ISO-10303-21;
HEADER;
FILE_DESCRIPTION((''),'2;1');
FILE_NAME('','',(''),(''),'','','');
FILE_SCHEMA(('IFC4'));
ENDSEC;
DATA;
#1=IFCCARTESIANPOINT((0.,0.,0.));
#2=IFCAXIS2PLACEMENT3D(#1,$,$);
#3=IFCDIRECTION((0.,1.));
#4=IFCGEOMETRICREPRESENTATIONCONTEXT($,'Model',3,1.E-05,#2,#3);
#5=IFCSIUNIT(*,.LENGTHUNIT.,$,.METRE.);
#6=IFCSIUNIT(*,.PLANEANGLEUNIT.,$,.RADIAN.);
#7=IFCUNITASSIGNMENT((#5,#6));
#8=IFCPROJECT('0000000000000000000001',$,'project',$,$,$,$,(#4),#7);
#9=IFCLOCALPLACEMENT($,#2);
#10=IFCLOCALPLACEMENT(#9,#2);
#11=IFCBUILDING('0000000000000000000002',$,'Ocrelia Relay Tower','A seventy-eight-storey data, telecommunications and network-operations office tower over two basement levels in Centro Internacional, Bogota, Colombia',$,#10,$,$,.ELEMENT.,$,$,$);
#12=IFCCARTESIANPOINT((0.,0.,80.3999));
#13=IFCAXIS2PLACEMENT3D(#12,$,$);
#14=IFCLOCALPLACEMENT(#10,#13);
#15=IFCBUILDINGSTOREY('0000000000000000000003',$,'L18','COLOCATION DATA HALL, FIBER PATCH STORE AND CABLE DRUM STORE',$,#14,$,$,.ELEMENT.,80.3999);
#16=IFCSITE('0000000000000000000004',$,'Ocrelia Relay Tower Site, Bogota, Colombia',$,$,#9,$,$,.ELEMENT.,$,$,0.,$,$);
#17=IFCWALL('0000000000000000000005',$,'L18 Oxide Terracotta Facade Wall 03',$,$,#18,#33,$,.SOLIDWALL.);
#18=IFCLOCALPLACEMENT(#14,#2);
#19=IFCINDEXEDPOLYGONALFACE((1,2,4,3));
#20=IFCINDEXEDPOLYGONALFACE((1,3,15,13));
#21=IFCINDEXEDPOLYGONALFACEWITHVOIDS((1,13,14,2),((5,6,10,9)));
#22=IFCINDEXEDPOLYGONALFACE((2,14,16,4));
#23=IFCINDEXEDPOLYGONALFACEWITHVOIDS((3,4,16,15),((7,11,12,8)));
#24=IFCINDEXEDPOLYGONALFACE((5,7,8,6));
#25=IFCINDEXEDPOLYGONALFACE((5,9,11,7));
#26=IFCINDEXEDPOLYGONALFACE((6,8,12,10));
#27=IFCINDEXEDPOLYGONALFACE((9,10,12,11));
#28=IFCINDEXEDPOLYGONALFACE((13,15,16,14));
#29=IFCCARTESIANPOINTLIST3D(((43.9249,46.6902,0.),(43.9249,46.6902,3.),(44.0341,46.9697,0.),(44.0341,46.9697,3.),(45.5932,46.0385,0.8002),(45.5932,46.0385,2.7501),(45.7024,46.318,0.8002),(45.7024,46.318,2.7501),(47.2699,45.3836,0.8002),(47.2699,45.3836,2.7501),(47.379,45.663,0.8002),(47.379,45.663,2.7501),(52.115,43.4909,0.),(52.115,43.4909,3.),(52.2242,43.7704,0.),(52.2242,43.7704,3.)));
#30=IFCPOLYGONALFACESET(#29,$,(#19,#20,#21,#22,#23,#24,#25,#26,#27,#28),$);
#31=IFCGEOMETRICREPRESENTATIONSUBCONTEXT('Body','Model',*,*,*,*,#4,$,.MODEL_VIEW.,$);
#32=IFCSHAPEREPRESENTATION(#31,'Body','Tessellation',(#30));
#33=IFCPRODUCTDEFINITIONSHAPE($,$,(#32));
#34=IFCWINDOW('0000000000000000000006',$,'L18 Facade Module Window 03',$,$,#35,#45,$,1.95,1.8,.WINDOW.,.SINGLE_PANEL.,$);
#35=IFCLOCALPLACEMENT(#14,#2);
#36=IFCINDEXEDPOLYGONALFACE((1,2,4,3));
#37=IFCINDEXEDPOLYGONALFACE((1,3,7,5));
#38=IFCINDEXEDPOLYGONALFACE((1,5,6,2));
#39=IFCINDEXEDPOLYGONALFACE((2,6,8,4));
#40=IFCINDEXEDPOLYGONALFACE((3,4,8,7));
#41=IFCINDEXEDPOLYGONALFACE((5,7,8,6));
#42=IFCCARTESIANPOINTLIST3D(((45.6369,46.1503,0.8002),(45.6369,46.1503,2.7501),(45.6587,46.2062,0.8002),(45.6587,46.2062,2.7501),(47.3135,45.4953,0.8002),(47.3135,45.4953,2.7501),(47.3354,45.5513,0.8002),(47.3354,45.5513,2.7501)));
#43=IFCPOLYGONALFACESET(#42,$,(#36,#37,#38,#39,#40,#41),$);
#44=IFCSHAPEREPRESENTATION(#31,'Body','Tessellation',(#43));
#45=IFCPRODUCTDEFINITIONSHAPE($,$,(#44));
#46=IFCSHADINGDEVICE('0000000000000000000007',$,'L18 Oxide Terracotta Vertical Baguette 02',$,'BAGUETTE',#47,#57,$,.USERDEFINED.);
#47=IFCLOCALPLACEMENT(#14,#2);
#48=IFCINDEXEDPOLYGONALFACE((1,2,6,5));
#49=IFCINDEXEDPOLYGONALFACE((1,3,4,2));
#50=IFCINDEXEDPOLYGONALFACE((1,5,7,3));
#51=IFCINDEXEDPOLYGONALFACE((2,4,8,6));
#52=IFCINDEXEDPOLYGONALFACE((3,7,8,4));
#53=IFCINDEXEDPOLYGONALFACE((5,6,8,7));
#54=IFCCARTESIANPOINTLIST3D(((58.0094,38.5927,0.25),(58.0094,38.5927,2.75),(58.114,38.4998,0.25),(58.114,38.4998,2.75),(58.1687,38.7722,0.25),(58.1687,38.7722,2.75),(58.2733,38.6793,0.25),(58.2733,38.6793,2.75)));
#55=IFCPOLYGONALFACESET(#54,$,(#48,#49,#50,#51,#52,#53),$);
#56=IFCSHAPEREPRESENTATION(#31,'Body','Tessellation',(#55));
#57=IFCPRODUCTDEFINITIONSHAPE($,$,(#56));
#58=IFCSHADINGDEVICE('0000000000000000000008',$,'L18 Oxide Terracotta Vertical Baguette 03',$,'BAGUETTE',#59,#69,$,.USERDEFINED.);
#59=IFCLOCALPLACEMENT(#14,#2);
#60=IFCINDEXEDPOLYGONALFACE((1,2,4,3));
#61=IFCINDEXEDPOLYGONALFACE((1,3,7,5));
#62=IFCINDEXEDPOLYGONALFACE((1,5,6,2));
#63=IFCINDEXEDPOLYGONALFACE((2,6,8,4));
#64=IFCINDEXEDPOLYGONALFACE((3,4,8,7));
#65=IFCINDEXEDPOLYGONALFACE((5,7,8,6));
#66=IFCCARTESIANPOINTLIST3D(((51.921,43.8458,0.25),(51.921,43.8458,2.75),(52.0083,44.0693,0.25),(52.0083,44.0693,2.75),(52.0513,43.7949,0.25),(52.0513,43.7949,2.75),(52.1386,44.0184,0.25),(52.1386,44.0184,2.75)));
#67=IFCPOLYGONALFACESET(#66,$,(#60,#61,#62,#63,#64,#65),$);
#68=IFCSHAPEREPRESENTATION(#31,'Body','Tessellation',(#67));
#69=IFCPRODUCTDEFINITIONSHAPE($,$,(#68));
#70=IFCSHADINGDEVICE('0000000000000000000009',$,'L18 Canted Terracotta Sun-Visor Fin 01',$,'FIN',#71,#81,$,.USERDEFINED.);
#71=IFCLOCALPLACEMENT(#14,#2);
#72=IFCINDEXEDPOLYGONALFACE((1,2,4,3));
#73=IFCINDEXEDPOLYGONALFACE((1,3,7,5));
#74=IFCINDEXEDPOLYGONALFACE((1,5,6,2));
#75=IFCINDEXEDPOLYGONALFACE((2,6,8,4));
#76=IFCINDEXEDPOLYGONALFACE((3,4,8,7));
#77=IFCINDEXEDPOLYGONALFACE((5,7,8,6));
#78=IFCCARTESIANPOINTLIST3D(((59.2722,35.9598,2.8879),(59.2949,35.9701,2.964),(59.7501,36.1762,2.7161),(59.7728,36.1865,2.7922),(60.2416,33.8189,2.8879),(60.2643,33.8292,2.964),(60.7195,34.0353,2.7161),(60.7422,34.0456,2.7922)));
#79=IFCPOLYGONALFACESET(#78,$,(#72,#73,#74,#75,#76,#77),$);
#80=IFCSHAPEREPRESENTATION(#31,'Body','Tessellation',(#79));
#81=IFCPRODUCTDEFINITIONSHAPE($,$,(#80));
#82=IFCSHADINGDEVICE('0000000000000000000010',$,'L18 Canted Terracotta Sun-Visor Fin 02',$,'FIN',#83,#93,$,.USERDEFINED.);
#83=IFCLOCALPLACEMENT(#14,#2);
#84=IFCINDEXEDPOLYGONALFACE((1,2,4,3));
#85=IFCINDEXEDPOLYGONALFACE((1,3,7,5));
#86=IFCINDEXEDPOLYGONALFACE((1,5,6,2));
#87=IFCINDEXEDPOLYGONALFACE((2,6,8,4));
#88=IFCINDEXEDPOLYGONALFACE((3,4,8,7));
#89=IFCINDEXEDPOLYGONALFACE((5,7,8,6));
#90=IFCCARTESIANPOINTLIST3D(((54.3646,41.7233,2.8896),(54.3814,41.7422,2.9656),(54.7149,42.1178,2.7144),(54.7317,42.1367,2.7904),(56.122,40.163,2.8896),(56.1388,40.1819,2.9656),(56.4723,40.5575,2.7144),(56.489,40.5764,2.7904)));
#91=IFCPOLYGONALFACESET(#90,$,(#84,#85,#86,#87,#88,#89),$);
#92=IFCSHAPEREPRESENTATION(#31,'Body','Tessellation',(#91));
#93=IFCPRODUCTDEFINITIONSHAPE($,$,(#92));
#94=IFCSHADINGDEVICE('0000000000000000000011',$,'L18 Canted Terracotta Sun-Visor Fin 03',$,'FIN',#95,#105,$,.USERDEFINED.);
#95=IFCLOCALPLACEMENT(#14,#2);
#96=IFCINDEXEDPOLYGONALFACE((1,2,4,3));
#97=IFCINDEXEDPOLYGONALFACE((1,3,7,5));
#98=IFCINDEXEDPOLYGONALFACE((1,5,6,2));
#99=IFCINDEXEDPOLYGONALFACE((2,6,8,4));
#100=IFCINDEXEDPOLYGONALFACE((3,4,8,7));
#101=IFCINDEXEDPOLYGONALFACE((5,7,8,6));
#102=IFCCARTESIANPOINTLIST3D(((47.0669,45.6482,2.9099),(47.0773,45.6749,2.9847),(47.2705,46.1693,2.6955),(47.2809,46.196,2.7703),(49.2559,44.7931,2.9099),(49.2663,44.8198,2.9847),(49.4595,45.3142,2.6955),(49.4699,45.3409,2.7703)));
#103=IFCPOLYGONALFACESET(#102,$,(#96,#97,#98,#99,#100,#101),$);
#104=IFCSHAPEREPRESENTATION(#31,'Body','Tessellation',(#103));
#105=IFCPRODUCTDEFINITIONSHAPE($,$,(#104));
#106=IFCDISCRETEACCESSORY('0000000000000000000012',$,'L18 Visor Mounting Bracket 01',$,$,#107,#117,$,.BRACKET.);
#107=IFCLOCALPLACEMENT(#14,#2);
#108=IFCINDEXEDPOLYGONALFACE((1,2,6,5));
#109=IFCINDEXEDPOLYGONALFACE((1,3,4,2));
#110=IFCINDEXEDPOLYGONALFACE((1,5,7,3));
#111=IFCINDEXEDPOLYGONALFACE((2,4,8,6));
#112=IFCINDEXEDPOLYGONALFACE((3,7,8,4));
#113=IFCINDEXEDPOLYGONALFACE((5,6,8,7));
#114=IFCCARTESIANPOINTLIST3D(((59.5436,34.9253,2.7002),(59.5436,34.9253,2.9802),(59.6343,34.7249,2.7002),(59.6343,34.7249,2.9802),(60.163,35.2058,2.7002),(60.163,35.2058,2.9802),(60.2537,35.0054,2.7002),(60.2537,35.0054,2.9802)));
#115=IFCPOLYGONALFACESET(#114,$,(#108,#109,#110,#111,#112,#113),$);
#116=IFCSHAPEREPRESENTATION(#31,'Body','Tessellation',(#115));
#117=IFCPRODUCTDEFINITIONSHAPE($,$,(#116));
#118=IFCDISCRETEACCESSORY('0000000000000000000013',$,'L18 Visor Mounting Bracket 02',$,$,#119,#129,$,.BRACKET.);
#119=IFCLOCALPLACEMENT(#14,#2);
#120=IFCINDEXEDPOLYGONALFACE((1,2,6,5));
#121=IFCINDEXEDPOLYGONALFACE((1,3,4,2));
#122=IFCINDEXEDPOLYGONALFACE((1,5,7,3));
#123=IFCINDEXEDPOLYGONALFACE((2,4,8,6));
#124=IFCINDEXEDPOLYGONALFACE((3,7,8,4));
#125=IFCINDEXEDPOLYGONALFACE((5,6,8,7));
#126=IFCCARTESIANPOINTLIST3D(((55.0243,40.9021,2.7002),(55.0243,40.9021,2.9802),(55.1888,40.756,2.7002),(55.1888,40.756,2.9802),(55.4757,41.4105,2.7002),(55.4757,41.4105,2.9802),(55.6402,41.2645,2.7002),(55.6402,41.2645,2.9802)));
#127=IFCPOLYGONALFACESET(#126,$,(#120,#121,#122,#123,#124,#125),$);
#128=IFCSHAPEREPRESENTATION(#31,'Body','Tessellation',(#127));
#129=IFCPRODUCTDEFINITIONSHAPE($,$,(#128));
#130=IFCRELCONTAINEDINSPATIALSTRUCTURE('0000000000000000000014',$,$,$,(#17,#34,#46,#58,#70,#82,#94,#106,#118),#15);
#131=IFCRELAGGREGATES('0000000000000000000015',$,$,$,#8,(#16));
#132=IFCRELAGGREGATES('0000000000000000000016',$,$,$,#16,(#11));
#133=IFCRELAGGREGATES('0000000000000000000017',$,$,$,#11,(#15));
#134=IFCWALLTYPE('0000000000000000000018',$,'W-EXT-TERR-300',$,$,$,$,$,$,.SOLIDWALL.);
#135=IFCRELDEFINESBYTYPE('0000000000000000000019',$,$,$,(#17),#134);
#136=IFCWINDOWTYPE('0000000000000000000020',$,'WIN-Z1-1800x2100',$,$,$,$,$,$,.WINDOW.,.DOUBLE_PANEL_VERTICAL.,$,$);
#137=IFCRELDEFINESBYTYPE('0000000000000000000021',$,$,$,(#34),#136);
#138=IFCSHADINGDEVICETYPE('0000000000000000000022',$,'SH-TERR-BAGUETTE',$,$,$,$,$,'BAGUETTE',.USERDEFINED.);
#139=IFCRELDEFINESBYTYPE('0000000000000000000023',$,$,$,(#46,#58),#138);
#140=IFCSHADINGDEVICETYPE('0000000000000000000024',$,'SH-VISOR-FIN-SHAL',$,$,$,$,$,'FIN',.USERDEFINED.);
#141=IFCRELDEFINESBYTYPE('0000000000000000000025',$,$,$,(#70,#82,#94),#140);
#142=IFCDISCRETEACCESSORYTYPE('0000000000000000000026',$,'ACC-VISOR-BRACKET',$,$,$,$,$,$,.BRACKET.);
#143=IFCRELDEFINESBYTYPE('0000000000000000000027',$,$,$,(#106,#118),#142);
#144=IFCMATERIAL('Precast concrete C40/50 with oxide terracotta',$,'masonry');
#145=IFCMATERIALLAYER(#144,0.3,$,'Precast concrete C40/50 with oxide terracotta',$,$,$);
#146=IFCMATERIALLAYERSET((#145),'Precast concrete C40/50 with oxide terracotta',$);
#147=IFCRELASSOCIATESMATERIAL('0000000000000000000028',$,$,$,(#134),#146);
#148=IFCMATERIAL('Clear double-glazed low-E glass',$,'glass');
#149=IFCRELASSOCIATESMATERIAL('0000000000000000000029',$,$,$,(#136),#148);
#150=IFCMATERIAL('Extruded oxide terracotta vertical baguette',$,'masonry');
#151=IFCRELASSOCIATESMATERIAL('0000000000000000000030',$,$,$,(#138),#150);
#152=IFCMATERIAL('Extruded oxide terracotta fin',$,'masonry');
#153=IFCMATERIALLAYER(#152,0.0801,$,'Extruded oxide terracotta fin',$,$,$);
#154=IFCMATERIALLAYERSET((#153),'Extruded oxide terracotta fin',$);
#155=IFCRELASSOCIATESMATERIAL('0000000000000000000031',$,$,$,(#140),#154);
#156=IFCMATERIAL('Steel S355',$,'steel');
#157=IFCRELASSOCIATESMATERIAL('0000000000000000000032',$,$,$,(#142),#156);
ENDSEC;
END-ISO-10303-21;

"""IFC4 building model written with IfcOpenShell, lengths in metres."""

from ifc_helpers import new_model, si_unit, direction, frame, frame_2d, origin, origin_2d, place, context, subcontext, project, spatial, rectangle, extrude, material, layer, layer_set, type_object, element, fill, save


model = new_model("IFC4")

# Units and contexts
model_context = context("Model", 3, precision=1e-05, world=origin(), true_north=direction((0.0, 1.0)))
body_context = subcontext(model_context, "Body", "Model", "MODEL_VIEW")
ifc_project = project(units=[si_unit("LENGTHUNIT", "METRE"), si_unit("PLANEANGLEUNIT", "RADIAN")], contexts=[model_context])

# Site, building, storey
site_placement = place(None, origin())
site = spatial("IfcSite", under=ifc_project, at=site_placement, Name="Ocrelia Relay Tower Site, Bogota, Colombia", CompositionType="ELEMENT", RefElevation=0.0)
building_placement = place(site_placement, origin())
building = spatial("IfcBuilding", under=site, at=building_placement, Name="Ocrelia Relay Tower", Description="A seventy-eight-storey data, telecommunications and network-operations office tower over two basement levels in Centro Internacional, Bogota, Colombia", CompositionType="ELEMENT")
storey_placement = place(building_placement, frame((0.0, 0.0, 80.3999)))
storey = spatial("IfcBuildingStorey", under=building, at=storey_placement, Name="L18", Description="COLOCATION DATA HALL, FIBER PATCH STORE AND CABLE DRUM STORE", CompositionType="ELEMENT", Elevation=80.3999)

# Shared definitions
ifc_material_1 = material(Name="Steel S355", Category="steel")

# Shared definitions
ifc_material_2 = material(Name="Clear double-glazed low-E glass", Category="glass")

# Wall, opening, window
ifc_material_3 = material(Name="Precast concrete C40/50 with oxide terracotta", Category="masonry")
ifc_layer_1 = layer(ifc_material_3, 0.3, Name="Precast concrete C40/50 with oxide terracotta")
ifc_layer_set_1 = layer_set([ifc_layer_1], Name="Precast concrete C40/50 with oxide terracotta")
wall_type = type_object("IfcWallType", Name="W-EXT-TERR-300", PredefinedType="SOLIDWALL", material=ifc_layer_set_1)
window_type = type_object("IfcWindowType", Name="WIN-Z1-1800x2100", PartitioningType="DOUBLE_PANEL_VERTICAL", PredefinedType="WINDOW", material=ifc_material_2)
wall_1_placement = place(storey_placement, frame((52.1697, 43.6306, 0.0), z_axis=(0.0, 0.0, 1.0), x_axis=(-0.931456, 0.363853, 0.0)))
wall_1 = element("IfcWall", 1, at=wall_1_placement, inside=storey, type_object=wall_type, Name="L18 Oxide Terracotta Facade Wall 03", PredefinedType="SOLIDWALL", context=body_context, shape_type="SweptSolid", body=[
    extrude(rectangle(XDim=8.7927, YDim=0.3, at=frame_2d((4.3965, 0.0))), origin(), (0.0, 0.0, 1.0), 3.0),
])
opening_1_placement = place(wall_1_placement, frame((5.2019, 0.0, 0.8)))
opening_1 = element("IfcOpeningElement", 2, at=opening_1_placement, cuts=wall_1, PredefinedType="OPENING", context=body_context, shape_type="SweptSolid", body=[
    extrude(rectangle(XDim=1.8, YDim=1.95, at=frame_2d((0.8999, 0.9751))), frame((0.0, 0.1602, 0.0), z_axis=(0.0, -1.0, 0.0), x_axis=(1.0, 0.0, 0.0)), (0.0, 0.0, 1.0), 0.3201),
])
window_1_placement = place(opening_1_placement, origin())
window_1 = element("IfcWindow", 3, at=window_1_placement, inside=storey, type_object=window_type, Name="L18 Facade Module Window 03", OverallHeight=1.95, OverallWidth=1.8, PartitioningType="SINGLE_PANEL", PredefinedType="WINDOW", context=body_context, shape_type="SweptSolid", body=[
    extrude(rectangle(XDim=1.8, YDim=1.95, at=frame_2d((0.8999, 0.9751))), frame((0.0, 0.03, 0.0), z_axis=(0.0, -1.0, 0.0), x_axis=(1.0, 0.0, 0.0)), (0.0, 0.0, 1.0), 0.0601),
])
fill(opening_1, window_1)

# Shading devices
ifc_material_4 = material(Name="Extruded oxide terracotta vertical baguette", Category="masonry")
shading_device_type_1 = type_object("IfcShadingDeviceType", Name="SH-TERR-BAGUETTE", ElementType="BAGUETTE", PredefinedType="USERDEFINED", material=ifc_material_4)
for number, where, z_axis, x_axis, name in (
    (4, (58.1414, 38.636, 0.25), (0.0, 0.0, 1.0), (-0.747787, 0.663938, 0.0), "L18 Oxide Terracotta Vertical Baguette 02"),
    (5, (52.0298, 43.9321, 0.25), (0.0, 0.0, 1.0), (-0.931454, 0.363859, 0.0), "L18 Oxide Terracotta Vertical Baguette 03"),
):
    element("IfcShadingDevice", number, at=place(storey_placement, frame(where, z_axis=z_axis, x_axis=x_axis)), inside=storey, type_object=shading_device_type_1, Name=name, ObjectType="BAGUETTE", PredefinedType="USERDEFINED", context=body_context, shape_type="SweptSolid", body=[
        extrude(rectangle(XDim=0.1399, YDim=0.24, at=origin_2d()), origin(), (0.0, 0.0, 1.0), 2.5),
    ])
ifc_material_5 = material(Name="Extruded oxide terracotta fin", Category="masonry")
ifc_layer_2 = layer(ifc_material_5, 0.0801, Name="Extruded oxide terracotta fin")
ifc_layer_set_2 = layer_set([ifc_layer_2], Name="Extruded oxide terracotta fin")
shading_device_type_2 = type_object("IfcShadingDeviceType", Name="SH-VISOR-FIN-SHAL", ElementType="FIN", PredefinedType="USERDEFINED", material=ifc_layer_set_2)
shading_device_1_placement = place(storey_placement, frame((59.9958, 34.9976, 2.802), z_axis=(0.28347, 0.12835, 0.950353), x_axis=(-0.412471, 0.910971, 0.0)))
element("IfcShadingDevice", 6, at=shading_device_1_placement, inside=storey, type_object=shading_device_type_2, Name="L18 Canted Terracotta Sun-Visor Fin 01", ObjectType="FIN", PredefinedType="USERDEFINED", context=body_context, shape_type="SweptSolid", body=[
    extrude(rectangle(XDim=2.3501, YDim=0.552, at=origin_2d()), origin(), (0.0, 0.0, 1.0), 0.0801),
])
shading_device_2_placement = place(storey_placement, frame((55.4185, 41.1404, 2.802), z_axis=(0.209352, 0.235791, 0.948986), x_axis=(-0.747787, 0.663938, 0.0)))
element("IfcShadingDevice", 7, at=shading_device_2_placement, inside=storey, type_object=shading_device_type_2, Name="L18 Canted Terracotta Sun-Visor Fin 02", ObjectType="FIN", PredefinedType="USERDEFINED", context=body_context, shape_type="SweptSolid", body=[
    extrude(rectangle(XDim=2.3501, YDim=0.5559, at=origin_2d()), origin(), (0.0, 0.0, 1.0), 0.0801),
])
shading_device_3_placement = place(storey_placement, frame((48.2632, 45.4812, 2.8027), z_axis=(0.130217, 0.333348, 0.933768), x_axis=(-0.931454, 0.363859, 0.0)))
element("IfcShadingDevice", 8, at=shading_device_3_placement, inside=storey, type_object=shading_device_type_2, Name="L18 Canted Terracotta Sun-Visor Fin 03", ObjectType="FIN", PredefinedType="USERDEFINED", context=body_context, shape_type="SweptSolid", body=[
    extrude(rectangle(XDim=2.3501, YDim=0.5991, at=origin_2d()), origin(), (0.0, 0.0, 1.0), 0.0801),
])

# Discrete accessories
discrete_accessory_type = type_object("IfcDiscreteAccessoryType", Name="ACC-VISOR-BRACKET", PredefinedType="BRACKET", material=ifc_material_1)
for number, where, z_axis, x_axis, name in (
    (9, (59.8987, 34.9653, 2.7002), (0.0, 0.0, 1.0), (-0.412471, 0.910971, 0.0), "L18 Visor Mounting Bracket 01"),
    (10, (55.3323, 41.0833, 2.7002), (0.0, 0.0, 1.0), (-0.747787, 0.663938, 0.0), "L18 Visor Mounting Bracket 02"),
):
    element("IfcDiscreteAccessory", number, at=place(storey_placement, frame(where, z_axis=z_axis, x_axis=x_axis)), inside=storey, type_object=discrete_accessory_type, Name=name, PredefinedType="BRACKET", context=body_context, shape_type="SweptSolid", body=[
        extrude(rectangle(XDim=0.22, YDim=0.6799, at=origin_2d()), origin(), (0.0, 0.0, 1.0), 0.28),
    ])

save(model, "model.ifc")
